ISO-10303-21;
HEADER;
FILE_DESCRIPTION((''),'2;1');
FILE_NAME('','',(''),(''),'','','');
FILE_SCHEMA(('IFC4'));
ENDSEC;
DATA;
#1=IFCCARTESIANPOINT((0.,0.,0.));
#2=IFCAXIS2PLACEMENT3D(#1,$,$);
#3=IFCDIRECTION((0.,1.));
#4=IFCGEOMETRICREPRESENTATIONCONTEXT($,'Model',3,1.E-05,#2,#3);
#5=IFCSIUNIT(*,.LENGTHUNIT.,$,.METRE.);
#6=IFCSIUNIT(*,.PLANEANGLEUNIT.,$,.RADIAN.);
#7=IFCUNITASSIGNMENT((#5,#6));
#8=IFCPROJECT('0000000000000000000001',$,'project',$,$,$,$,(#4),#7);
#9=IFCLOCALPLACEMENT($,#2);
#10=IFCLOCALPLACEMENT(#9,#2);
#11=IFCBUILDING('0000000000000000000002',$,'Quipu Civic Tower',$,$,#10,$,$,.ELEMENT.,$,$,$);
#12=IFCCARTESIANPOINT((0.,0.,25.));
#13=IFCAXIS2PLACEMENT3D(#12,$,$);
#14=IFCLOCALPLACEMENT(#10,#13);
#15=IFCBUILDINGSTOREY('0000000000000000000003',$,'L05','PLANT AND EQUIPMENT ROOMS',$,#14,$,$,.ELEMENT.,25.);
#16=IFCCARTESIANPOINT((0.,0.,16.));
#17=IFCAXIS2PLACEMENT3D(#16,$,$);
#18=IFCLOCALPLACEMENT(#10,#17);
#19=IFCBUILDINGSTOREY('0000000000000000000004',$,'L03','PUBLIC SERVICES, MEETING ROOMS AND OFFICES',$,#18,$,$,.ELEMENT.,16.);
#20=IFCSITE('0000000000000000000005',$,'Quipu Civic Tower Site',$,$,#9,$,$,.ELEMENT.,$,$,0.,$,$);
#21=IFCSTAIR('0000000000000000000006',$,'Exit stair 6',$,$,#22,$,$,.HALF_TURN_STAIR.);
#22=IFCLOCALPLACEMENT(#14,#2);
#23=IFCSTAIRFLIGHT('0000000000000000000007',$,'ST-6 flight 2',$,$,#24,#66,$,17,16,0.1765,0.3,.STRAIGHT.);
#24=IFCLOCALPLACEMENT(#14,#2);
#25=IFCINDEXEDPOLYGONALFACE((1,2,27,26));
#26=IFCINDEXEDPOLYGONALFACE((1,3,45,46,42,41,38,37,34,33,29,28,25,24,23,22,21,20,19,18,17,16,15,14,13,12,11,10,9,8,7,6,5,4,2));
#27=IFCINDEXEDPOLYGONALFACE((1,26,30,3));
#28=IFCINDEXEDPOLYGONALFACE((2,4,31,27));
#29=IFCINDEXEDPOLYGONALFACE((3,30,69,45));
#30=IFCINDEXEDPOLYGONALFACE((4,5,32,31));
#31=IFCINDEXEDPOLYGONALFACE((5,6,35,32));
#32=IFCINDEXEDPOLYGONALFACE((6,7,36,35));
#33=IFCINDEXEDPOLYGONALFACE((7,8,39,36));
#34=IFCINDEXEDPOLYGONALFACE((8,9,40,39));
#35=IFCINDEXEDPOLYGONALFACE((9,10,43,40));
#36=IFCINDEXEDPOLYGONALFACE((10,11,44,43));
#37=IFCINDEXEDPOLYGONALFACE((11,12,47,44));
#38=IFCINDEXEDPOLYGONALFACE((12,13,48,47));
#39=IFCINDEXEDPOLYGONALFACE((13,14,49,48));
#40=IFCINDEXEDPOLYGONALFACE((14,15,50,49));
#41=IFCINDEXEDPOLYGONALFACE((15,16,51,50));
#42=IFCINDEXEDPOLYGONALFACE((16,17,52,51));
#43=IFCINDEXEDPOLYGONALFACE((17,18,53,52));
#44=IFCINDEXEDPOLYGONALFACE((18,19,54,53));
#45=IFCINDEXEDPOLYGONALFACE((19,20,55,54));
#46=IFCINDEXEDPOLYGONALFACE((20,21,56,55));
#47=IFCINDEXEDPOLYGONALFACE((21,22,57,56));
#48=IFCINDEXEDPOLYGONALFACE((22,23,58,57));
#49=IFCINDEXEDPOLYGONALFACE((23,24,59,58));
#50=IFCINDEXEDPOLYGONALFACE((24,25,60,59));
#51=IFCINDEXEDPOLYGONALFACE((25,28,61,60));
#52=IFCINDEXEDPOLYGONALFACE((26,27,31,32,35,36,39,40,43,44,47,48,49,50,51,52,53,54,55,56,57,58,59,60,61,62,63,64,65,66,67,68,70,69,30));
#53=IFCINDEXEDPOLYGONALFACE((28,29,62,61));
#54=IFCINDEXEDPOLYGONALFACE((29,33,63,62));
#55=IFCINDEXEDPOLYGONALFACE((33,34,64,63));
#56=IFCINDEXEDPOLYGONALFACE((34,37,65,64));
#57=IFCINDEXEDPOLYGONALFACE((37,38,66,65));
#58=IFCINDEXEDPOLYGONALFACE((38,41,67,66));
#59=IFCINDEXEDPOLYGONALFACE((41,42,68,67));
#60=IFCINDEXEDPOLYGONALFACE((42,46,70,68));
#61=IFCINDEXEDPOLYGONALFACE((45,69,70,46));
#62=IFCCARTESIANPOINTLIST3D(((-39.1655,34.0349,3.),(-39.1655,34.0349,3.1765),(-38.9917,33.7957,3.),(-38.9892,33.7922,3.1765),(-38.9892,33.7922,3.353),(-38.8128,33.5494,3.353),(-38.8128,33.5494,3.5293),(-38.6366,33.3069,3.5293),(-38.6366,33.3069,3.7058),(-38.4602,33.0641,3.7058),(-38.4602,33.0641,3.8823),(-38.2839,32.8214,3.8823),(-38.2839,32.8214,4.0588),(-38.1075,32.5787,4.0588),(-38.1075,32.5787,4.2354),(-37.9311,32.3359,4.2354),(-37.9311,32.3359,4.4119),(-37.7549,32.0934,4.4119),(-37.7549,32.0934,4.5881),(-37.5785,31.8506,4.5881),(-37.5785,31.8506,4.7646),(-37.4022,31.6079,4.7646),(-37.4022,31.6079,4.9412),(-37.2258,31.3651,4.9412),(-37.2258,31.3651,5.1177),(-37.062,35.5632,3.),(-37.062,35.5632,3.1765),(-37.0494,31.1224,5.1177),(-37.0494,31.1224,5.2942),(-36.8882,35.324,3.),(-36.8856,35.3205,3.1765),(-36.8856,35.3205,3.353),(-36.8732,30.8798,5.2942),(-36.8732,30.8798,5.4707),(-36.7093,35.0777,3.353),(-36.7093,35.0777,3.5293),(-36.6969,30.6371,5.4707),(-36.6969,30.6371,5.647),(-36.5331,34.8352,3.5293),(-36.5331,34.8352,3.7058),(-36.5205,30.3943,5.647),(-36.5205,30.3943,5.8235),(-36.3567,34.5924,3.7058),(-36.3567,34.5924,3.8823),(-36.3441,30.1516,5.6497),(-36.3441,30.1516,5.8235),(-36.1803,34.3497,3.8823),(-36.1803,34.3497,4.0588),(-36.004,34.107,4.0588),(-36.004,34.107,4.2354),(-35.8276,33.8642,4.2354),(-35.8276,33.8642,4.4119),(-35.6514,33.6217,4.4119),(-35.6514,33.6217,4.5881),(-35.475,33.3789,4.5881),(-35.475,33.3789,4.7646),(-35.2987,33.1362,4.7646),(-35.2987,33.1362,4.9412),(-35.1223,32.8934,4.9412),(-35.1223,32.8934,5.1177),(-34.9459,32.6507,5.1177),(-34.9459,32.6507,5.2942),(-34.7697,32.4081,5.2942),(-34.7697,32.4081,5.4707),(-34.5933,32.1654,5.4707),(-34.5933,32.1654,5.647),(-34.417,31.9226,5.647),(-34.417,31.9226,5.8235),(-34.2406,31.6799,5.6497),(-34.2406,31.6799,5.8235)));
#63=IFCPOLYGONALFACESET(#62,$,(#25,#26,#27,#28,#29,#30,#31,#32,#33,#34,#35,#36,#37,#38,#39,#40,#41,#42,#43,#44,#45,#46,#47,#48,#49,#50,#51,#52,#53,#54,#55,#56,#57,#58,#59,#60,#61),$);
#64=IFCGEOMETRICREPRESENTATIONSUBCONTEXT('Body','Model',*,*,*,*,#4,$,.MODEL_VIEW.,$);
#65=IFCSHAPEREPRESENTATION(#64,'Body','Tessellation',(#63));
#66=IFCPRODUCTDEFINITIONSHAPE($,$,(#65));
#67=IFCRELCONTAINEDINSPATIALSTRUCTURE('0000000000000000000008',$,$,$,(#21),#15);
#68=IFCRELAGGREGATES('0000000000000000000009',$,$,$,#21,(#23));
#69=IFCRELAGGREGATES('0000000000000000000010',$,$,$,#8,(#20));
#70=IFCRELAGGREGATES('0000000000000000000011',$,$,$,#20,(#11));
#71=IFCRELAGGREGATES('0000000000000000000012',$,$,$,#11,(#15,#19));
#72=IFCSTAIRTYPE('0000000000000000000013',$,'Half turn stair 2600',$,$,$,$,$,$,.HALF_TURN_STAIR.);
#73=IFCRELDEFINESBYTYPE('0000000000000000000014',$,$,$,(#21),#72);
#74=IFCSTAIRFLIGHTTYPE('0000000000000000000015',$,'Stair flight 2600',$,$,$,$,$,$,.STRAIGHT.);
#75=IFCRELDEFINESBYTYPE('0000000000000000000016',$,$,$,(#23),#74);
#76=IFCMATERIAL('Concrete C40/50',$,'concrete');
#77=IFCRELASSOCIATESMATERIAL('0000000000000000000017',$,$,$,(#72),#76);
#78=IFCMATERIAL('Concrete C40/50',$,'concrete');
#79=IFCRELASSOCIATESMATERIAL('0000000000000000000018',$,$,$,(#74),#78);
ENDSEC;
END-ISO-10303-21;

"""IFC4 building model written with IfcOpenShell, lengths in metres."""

from ifc_helpers import new_model, si_unit, direction, frame, origin, place, context, subcontext, project, spatial, polyline, outline, extrude, material, type_object, element, aggregate, save


model = new_model("IFC4")

# Units and contexts
model_context = context("Model", 3, precision=1e-05, world=origin(), true_north=direction((0.0, 1.0)))
body_context = subcontext(model_context, "Body", "Model", "MODEL_VIEW")
ifc_project = project(units=[si_unit("LENGTHUNIT", "METRE"), si_unit("PLANEANGLEUNIT", "RADIAN")], contexts=[model_context])

# Site, building, storey
site_placement = place(None, origin())
site = spatial("IfcSite", under=ifc_project, at=site_placement, Name="Quipu Civic Tower Site", CompositionType="ELEMENT", RefElevation=0.0)
building_placement = place(site_placement, origin())
building = spatial("IfcBuilding", under=site, at=building_placement, Name="Quipu Civic Tower", CompositionType="ELEMENT")
storey_1_placement = place(building_placement, frame((0.0, 0.0, 25.0)))
storey_1 = spatial("IfcBuildingStorey", under=building, at=storey_1_placement, Name="L05", Description="PLANT AND EQUIPMENT ROOMS", CompositionType="ELEMENT", Elevation=25.0)

# Shared definitions
storey_2_placement = place(building_placement, frame((0.0, 0.0, 16.0)))
storey_2 = spatial("IfcBuildingStorey", under=building, at=storey_2_placement, Name="L03", Description="PUBLIC SERVICES, MEETING ROOMS AND OFFICES", CompositionType="ELEMENT", Elevation=16.0)

# Stair, stair flight
ifc_material_1 = material(Name="Concrete C40/50", Category="concrete")
stair_type = type_object("IfcStairType", Name="Half turn stair 2600", PredefinedType="HALF_TURN_STAIR", material=ifc_material_1)
stair_placement = place(storey_1_placement, origin())
stair = element("IfcStair", 1, at=stair_placement, inside=storey_1, type_object=stair_type, Name="Exit stair 6", PredefinedType="HALF_TURN_STAIR")
ifc_material_2 = material(Name="Concrete C40/50", Category="concrete")
stair_flight_type = type_object("IfcStairFlightType", Name="Stair flight 2600", PredefinedType="STRAIGHT", material=ifc_material_2)
stair_flight_placement = place(storey_1_placement, frame((-38.1138, 34.7991, 3.0), z_axis=(0.0, 0.0, 1.0), x_axis=(0.587785, -0.809017, 0.0)))
stair_flight = element("IfcStairFlight", 2, at=stair_flight_placement, type_object=stair_flight_type, Name="ST-6 flight 2", NumberOfRisers=17, NumberOfTreads=16, PredefinedType="STRAIGHT", RiserHeight=0.1765, TreadLength=0.3, context=body_context, shape_type="SweptSolid", body=[
    extrude(outline(polyline([(0.0, 0.0), (0.0, 0.1765), (0.3, 0.1765), (0.3, 0.353), (0.6001, 0.353), (0.6001, 0.5293), (0.8999, 0.5293), (0.8999, 0.7058), (1.2, 0.7058), (1.2, 0.8823), (1.5, 0.8823), (1.5, 1.0588), (1.8, 1.0588), (1.8, 1.2354), (2.1001, 1.2354), (2.1001, 1.4119), (2.3999, 1.4119), (2.3999, 1.5881), (2.7, 1.5881), (2.7, 1.7646), (3.0, 1.7646), (3.0, 1.9412), (3.3, 1.9412), (3.3, 2.1177), (3.6001, 2.1177), (3.6001, 2.2942), (3.8999, 2.2942), (3.8999, 2.4707), (4.2, 2.4707), (4.2, 2.647), (4.5, 2.647), (4.5, 2.8235), (4.8, 2.8235), (4.8, 3.0), (4.8, 2.6497), (0.2957, 0.0), (0.0, 0.0)])), frame((0.0, 1.3, 0.0), z_axis=(0.0, -1.0, 0.0), x_axis=(1.0, 0.0, 0.0)), (0.0, 0.0, 1.0), 2.6001),
])
aggregate(stair, [stair_flight])

save(model, "model.ifc")
